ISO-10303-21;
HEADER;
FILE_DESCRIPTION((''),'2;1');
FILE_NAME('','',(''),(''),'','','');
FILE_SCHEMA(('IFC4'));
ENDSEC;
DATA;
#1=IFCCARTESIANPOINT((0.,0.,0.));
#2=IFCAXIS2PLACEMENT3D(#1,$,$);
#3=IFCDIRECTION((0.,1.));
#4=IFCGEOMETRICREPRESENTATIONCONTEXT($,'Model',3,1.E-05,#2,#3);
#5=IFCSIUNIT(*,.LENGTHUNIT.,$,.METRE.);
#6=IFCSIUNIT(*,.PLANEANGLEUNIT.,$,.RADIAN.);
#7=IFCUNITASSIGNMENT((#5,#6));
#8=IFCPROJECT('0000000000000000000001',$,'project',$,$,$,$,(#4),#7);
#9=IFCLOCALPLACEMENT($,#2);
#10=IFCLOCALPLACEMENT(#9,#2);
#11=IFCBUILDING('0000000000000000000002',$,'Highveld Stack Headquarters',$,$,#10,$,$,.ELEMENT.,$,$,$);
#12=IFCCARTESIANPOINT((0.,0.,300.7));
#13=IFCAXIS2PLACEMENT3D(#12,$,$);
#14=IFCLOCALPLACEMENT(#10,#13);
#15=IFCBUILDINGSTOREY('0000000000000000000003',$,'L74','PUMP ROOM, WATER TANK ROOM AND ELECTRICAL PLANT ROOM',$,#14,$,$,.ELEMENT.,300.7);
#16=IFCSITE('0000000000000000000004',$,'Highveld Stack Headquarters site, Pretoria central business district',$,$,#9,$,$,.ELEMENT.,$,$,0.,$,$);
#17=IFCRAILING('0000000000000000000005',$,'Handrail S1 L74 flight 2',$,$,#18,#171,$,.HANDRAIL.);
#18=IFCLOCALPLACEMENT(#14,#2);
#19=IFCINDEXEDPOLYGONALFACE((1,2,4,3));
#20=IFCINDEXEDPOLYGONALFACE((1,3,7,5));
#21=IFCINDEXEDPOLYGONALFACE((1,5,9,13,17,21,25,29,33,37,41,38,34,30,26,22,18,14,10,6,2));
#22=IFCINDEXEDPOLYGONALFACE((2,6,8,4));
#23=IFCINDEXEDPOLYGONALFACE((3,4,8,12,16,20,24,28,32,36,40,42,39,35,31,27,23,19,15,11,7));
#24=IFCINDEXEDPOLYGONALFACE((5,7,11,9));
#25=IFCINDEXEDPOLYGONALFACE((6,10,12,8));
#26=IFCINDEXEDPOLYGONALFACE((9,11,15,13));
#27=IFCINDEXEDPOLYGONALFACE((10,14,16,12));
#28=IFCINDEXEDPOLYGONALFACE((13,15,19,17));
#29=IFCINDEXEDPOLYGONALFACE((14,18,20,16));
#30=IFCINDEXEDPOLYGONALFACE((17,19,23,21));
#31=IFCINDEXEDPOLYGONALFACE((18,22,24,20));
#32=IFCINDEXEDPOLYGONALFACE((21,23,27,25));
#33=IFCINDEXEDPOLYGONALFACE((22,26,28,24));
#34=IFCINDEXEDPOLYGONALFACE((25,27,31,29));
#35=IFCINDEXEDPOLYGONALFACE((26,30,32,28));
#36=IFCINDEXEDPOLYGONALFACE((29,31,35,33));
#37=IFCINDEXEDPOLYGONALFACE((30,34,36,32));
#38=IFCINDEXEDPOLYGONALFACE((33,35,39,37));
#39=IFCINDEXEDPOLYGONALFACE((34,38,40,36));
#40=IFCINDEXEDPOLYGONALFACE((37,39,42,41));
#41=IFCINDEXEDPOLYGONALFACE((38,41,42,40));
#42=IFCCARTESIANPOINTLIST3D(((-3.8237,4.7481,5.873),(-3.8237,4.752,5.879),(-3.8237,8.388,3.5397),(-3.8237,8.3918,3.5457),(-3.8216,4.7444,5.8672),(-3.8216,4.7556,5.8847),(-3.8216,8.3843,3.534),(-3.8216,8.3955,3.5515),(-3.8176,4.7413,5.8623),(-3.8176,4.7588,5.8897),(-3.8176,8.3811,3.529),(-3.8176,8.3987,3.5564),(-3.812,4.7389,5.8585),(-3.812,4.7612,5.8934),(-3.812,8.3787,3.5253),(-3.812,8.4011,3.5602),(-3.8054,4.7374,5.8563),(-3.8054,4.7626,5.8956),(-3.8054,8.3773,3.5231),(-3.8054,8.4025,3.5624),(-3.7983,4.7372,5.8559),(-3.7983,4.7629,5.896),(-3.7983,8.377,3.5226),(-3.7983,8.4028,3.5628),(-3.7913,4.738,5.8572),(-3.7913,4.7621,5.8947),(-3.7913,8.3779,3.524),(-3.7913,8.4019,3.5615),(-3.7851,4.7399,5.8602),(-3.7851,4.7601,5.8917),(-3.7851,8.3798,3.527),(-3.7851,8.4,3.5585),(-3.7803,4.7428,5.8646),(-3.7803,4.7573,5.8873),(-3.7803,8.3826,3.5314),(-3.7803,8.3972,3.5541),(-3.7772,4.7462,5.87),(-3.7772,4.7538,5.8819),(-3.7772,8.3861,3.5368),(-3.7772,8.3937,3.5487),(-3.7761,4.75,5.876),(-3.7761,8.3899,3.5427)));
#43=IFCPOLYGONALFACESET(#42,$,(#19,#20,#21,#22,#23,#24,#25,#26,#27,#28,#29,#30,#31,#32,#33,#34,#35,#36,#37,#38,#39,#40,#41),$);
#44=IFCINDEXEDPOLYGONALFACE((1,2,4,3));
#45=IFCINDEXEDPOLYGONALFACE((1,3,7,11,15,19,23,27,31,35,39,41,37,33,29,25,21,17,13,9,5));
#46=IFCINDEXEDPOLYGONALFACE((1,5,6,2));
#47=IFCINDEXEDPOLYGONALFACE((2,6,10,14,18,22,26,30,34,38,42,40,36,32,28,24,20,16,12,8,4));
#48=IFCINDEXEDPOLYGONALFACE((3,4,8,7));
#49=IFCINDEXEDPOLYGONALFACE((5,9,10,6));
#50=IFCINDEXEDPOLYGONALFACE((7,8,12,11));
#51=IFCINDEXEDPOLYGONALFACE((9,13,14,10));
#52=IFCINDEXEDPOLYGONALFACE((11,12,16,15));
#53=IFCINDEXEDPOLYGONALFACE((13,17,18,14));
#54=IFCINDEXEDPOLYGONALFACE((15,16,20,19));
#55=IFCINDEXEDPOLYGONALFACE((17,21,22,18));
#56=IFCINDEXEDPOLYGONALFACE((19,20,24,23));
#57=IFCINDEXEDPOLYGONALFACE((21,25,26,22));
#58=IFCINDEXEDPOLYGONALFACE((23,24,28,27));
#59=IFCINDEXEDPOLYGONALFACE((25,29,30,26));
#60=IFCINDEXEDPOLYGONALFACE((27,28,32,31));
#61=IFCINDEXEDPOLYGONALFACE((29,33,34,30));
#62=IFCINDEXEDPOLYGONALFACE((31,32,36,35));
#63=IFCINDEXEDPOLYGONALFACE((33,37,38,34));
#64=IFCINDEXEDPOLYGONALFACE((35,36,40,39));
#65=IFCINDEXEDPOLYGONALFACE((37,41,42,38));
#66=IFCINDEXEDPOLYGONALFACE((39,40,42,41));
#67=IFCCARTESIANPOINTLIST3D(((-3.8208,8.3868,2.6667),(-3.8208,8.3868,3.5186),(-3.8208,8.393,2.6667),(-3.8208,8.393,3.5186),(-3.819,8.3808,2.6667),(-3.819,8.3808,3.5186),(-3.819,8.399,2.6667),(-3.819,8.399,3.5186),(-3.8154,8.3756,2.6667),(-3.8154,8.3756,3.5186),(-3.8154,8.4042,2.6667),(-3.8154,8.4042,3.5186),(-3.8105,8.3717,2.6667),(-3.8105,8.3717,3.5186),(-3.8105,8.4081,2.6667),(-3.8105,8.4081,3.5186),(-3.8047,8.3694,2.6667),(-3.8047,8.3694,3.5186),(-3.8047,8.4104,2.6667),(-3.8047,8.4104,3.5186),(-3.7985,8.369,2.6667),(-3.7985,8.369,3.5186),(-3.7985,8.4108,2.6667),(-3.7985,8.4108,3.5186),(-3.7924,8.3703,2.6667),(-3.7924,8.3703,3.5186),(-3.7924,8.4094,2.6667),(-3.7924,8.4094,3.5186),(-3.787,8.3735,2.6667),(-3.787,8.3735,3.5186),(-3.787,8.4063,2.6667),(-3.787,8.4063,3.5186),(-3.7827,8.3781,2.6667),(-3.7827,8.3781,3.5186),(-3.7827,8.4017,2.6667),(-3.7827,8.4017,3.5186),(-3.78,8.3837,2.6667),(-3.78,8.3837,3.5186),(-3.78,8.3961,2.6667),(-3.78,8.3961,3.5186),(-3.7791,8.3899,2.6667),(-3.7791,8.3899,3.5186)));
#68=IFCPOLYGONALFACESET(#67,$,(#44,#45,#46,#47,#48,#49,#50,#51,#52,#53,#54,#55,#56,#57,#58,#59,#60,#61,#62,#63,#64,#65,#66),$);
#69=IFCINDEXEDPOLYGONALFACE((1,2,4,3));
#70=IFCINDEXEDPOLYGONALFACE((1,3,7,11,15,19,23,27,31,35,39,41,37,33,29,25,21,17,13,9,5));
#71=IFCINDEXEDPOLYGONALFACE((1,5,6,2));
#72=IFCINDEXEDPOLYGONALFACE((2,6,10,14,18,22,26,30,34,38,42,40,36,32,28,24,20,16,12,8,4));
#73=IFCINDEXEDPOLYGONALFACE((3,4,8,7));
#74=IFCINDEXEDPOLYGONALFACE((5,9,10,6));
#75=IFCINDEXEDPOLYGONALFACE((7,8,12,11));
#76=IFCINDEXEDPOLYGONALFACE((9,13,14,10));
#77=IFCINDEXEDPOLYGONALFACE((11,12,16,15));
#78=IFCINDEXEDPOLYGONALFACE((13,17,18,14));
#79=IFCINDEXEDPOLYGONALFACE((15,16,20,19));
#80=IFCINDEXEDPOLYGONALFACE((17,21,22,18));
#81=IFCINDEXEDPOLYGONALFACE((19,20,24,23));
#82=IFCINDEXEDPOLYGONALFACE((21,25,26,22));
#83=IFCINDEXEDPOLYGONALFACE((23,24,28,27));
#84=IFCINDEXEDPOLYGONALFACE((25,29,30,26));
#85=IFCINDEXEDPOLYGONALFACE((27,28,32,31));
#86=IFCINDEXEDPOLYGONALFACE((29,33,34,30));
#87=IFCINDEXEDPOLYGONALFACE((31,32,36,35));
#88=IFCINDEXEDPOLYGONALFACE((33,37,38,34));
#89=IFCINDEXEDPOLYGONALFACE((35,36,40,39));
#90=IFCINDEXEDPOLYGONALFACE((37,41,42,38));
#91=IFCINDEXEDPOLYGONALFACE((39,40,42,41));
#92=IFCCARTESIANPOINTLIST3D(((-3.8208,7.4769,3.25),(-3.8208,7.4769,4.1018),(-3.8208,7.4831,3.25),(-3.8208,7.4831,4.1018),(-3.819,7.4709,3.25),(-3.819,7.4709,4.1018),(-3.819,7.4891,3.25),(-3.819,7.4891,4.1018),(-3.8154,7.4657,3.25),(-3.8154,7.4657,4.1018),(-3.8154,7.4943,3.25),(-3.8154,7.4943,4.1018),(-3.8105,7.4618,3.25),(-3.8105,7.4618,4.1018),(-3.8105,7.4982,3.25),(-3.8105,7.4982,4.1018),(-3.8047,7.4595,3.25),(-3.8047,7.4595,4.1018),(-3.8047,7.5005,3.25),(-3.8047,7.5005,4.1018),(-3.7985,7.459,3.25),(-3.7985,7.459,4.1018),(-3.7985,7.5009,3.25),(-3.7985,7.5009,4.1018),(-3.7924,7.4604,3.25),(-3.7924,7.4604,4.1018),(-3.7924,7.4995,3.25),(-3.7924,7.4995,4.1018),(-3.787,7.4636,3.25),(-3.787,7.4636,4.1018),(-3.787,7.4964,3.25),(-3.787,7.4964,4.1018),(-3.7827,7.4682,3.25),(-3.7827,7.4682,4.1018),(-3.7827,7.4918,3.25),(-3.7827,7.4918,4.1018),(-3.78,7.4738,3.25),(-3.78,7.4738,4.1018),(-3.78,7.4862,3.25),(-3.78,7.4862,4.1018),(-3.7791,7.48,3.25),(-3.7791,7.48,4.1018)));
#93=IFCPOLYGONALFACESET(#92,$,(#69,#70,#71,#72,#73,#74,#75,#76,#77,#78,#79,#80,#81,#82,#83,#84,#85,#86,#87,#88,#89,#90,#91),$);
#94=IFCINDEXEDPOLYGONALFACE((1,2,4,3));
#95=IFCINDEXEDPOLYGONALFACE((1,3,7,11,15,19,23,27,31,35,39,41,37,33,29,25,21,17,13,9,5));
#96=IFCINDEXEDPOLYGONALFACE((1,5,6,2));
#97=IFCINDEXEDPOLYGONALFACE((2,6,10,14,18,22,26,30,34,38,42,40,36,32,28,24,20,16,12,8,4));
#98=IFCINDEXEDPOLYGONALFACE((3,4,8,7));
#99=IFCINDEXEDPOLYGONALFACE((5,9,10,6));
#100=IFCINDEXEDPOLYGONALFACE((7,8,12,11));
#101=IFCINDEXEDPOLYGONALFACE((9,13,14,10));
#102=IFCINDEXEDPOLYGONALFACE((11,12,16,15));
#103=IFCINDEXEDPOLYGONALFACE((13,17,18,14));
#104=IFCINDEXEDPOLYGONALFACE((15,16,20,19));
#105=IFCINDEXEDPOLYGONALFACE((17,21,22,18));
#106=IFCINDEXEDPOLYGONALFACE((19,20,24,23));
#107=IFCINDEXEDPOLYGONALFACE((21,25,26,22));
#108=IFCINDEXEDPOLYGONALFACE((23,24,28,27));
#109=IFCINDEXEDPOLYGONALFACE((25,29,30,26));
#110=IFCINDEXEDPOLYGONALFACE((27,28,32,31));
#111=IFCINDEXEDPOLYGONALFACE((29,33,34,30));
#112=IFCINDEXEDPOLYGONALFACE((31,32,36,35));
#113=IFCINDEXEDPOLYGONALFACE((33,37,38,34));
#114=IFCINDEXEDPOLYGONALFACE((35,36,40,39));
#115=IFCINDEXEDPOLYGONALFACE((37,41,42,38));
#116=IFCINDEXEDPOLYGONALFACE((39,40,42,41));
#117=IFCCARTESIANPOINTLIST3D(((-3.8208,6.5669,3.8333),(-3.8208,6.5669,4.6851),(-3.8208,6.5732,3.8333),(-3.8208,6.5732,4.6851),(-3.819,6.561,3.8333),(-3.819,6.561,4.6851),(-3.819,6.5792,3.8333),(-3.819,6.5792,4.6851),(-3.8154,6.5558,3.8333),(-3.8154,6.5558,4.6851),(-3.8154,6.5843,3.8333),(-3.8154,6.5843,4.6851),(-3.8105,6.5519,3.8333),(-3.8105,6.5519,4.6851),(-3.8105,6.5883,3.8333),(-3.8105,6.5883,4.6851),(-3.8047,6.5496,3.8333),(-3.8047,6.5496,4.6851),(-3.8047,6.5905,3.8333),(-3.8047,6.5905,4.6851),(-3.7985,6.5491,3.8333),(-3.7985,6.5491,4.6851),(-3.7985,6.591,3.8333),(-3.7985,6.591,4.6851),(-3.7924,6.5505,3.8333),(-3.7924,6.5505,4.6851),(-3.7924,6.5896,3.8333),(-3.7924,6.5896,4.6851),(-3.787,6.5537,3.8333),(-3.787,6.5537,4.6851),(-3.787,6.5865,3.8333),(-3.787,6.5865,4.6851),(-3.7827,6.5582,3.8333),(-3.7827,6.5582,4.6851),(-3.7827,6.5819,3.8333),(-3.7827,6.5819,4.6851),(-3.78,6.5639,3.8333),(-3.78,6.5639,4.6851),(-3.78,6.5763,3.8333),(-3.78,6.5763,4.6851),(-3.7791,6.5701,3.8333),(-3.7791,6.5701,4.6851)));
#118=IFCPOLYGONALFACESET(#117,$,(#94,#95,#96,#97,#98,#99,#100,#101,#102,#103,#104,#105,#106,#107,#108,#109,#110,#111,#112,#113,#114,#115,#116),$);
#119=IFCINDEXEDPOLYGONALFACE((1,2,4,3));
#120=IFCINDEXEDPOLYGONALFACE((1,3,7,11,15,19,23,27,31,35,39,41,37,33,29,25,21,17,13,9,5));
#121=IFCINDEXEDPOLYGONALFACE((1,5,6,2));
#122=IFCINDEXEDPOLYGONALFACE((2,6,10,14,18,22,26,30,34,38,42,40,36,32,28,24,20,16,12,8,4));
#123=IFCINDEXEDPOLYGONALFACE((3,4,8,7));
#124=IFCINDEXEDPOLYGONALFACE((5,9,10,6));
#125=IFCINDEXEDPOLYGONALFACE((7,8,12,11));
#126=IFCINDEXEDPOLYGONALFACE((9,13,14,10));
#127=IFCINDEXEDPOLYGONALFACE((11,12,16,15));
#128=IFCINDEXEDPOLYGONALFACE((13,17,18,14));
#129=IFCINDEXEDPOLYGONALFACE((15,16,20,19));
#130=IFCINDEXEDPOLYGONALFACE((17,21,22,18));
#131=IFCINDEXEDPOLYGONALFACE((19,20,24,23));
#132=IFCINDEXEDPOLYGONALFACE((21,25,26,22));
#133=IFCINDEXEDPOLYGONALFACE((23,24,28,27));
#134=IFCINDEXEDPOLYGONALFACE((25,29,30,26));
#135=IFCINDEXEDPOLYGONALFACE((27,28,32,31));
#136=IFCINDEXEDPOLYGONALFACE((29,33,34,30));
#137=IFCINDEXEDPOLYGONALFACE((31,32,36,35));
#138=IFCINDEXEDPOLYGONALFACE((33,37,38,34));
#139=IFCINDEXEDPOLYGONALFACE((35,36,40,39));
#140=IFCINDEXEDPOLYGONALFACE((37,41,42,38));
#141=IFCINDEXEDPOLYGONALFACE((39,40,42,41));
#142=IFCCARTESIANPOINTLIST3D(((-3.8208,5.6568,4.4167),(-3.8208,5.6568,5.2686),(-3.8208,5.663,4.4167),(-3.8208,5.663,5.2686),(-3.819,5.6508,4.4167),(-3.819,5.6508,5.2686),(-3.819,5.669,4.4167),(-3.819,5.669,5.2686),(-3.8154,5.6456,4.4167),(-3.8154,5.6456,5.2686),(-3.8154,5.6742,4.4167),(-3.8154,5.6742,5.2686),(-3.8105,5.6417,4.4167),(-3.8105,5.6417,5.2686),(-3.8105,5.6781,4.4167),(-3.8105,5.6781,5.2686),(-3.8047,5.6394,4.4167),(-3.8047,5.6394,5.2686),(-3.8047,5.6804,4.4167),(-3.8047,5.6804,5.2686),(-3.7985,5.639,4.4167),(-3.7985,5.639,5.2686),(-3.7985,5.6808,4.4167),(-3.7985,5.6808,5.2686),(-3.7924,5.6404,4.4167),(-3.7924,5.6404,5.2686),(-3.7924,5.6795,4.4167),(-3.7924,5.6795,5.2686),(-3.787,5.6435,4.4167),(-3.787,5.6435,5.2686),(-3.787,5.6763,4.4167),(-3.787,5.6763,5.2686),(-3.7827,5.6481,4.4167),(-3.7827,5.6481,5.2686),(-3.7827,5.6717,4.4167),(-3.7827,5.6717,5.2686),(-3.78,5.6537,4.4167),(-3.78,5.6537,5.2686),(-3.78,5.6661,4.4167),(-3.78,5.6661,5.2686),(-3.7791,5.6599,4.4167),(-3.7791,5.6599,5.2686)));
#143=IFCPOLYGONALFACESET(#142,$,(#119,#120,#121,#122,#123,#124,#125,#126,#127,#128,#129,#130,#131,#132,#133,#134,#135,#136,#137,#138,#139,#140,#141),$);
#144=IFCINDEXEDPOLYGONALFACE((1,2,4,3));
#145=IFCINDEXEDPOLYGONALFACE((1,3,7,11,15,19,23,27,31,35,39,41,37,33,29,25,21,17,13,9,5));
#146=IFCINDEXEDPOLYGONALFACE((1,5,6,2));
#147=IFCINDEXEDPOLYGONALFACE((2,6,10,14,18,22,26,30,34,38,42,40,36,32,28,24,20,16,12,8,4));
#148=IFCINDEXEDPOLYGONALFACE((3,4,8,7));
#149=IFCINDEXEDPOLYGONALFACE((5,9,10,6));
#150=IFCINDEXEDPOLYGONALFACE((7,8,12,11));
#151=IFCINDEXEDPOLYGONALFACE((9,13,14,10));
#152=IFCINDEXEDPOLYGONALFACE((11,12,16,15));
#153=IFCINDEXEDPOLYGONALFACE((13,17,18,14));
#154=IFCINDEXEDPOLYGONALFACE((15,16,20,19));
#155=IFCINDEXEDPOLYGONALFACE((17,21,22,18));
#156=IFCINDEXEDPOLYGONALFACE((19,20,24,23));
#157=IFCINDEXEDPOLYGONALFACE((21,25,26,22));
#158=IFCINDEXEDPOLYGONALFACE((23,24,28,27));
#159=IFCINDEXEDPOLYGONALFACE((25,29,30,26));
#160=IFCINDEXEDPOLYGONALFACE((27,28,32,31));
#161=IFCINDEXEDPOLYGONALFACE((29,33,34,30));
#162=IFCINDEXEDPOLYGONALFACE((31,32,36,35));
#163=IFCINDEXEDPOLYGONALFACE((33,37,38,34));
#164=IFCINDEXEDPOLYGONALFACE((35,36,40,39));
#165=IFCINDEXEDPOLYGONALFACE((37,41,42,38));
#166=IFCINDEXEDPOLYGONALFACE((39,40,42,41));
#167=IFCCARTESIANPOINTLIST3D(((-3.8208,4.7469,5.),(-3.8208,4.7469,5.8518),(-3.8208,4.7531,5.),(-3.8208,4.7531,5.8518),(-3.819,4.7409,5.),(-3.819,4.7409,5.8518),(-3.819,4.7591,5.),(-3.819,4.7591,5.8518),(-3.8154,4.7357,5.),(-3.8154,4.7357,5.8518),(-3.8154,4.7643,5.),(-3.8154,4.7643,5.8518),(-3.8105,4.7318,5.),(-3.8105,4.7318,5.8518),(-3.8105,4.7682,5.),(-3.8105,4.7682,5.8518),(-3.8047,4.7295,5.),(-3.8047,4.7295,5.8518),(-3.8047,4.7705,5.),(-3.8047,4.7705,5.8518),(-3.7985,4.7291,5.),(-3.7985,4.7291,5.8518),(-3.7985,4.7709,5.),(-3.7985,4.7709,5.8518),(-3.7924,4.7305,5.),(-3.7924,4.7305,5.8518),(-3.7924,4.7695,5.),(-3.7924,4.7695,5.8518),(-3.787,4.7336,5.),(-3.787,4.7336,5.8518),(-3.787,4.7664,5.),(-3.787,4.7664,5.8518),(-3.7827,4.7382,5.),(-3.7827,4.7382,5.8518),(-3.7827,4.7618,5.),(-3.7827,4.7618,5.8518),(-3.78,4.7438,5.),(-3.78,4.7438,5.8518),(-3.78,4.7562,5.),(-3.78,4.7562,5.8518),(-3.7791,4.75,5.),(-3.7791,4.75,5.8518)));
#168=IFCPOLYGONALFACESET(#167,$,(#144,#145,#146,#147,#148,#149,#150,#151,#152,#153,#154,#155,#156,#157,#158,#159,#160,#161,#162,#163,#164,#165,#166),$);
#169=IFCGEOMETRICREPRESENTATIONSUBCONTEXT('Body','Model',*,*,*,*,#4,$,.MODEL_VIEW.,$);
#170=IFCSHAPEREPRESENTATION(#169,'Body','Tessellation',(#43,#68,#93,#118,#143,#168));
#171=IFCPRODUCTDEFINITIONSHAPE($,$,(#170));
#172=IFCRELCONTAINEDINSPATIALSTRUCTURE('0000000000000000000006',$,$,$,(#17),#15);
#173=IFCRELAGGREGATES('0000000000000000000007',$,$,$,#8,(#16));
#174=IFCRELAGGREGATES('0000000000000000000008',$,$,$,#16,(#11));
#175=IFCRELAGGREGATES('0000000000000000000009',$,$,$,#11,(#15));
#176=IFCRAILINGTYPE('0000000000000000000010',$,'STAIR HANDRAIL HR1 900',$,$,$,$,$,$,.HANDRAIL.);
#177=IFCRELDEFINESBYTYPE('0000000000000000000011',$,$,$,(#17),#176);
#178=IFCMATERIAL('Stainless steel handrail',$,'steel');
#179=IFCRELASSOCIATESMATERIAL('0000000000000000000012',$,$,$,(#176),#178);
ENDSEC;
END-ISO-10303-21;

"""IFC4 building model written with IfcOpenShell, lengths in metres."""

from ifc_helpers import new_model, si_unit, direction, frame, origin, origin_2d, place, context, subcontext, project, spatial, circle, extrude, material, type_object, element, save


model = new_model("IFC4")

# Units and contexts
model_context = context("Model", 3, precision=1e-05, world=origin(), true_north=direction((0.0, 1.0)))
body_context = subcontext(model_context, "Body", "Model", "MODEL_VIEW")
ifc_project = project(units=[si_unit("LENGTHUNIT", "METRE"), si_unit("PLANEANGLEUNIT", "RADIAN")], contexts=[model_context])

# Site, building, storey
site_placement = place(None, origin())
site = spatial("IfcSite", under=ifc_project, at=site_placement, Name="Highveld Stack Headquarters site, Pretoria central business district", CompositionType="ELEMENT", RefElevation=0.0)
building_placement = place(site_placement, origin())
building = spatial("IfcBuilding", under=site, at=building_placement, Name="Highveld Stack Headquarters", CompositionType="ELEMENT")
storey_placement = place(building_placement, frame((0.0, 0.0, 300.7)))
storey = spatial("IfcBuildingStorey", under=building, at=storey_placement, Name="L74", Description="PUMP ROOM, WATER TANK ROOM AND ELECTRICAL PLANT ROOM", CompositionType="ELEMENT", Elevation=300.7)

# Railing
ifc_material_1 = material(Name="Stainless steel handrail", Category="steel")
railing_type = type_object("IfcRailingType", Name="STAIR HANDRAIL HR1 900", PredefinedType="HANDRAIL", material=ifc_material_1)
for number, where, name in (
    (1, (-3.8, 8.3899, 2.6667), "Handrail S1 L74 flight 2"),
):
    element("IfcRailing", number, at=place(storey_placement, frame(where)), inside=storey, type_object=railing_type, Name=name, PredefinedType="HANDRAIL", context=body_context, shape_type="SweptSolid", body=[
        extrude(circle(Radius=0.0239, at=origin_2d()), frame((0.0, 0.0, 0.876), z_axis=(0.0, -0.84188, 0.539664), x_axis=(1.0, 0.0, 0.0)), (0.0, 0.0, 1.0), 4.3235),
        extrude(circle(Radius=0.021, at=origin_2d()), origin(), (0.0, 0.0, 1.0), 0.8518),
        extrude(circle(Radius=0.021, at=origin_2d()), frame((0.0, -0.9099, 0.5833)), (0.0, 0.0, 1.0), 0.8518),
        extrude(circle(Radius=0.021, at=origin_2d()), frame((0.0, -1.8198, 1.1665)), (0.0, 0.0, 1.0), 0.8518),
        extrude(circle(Radius=0.021, at=origin_2d()), frame((0.0, -2.73, 1.75)), (0.0, 0.0, 1.0), 0.8518),
        extrude(circle(Radius=0.021, at=origin_2d()), frame((0.0, -3.6399, 2.3333)), (0.0, 0.0, 1.0), 0.8518),
    ])

save(model, "model.ifc")
